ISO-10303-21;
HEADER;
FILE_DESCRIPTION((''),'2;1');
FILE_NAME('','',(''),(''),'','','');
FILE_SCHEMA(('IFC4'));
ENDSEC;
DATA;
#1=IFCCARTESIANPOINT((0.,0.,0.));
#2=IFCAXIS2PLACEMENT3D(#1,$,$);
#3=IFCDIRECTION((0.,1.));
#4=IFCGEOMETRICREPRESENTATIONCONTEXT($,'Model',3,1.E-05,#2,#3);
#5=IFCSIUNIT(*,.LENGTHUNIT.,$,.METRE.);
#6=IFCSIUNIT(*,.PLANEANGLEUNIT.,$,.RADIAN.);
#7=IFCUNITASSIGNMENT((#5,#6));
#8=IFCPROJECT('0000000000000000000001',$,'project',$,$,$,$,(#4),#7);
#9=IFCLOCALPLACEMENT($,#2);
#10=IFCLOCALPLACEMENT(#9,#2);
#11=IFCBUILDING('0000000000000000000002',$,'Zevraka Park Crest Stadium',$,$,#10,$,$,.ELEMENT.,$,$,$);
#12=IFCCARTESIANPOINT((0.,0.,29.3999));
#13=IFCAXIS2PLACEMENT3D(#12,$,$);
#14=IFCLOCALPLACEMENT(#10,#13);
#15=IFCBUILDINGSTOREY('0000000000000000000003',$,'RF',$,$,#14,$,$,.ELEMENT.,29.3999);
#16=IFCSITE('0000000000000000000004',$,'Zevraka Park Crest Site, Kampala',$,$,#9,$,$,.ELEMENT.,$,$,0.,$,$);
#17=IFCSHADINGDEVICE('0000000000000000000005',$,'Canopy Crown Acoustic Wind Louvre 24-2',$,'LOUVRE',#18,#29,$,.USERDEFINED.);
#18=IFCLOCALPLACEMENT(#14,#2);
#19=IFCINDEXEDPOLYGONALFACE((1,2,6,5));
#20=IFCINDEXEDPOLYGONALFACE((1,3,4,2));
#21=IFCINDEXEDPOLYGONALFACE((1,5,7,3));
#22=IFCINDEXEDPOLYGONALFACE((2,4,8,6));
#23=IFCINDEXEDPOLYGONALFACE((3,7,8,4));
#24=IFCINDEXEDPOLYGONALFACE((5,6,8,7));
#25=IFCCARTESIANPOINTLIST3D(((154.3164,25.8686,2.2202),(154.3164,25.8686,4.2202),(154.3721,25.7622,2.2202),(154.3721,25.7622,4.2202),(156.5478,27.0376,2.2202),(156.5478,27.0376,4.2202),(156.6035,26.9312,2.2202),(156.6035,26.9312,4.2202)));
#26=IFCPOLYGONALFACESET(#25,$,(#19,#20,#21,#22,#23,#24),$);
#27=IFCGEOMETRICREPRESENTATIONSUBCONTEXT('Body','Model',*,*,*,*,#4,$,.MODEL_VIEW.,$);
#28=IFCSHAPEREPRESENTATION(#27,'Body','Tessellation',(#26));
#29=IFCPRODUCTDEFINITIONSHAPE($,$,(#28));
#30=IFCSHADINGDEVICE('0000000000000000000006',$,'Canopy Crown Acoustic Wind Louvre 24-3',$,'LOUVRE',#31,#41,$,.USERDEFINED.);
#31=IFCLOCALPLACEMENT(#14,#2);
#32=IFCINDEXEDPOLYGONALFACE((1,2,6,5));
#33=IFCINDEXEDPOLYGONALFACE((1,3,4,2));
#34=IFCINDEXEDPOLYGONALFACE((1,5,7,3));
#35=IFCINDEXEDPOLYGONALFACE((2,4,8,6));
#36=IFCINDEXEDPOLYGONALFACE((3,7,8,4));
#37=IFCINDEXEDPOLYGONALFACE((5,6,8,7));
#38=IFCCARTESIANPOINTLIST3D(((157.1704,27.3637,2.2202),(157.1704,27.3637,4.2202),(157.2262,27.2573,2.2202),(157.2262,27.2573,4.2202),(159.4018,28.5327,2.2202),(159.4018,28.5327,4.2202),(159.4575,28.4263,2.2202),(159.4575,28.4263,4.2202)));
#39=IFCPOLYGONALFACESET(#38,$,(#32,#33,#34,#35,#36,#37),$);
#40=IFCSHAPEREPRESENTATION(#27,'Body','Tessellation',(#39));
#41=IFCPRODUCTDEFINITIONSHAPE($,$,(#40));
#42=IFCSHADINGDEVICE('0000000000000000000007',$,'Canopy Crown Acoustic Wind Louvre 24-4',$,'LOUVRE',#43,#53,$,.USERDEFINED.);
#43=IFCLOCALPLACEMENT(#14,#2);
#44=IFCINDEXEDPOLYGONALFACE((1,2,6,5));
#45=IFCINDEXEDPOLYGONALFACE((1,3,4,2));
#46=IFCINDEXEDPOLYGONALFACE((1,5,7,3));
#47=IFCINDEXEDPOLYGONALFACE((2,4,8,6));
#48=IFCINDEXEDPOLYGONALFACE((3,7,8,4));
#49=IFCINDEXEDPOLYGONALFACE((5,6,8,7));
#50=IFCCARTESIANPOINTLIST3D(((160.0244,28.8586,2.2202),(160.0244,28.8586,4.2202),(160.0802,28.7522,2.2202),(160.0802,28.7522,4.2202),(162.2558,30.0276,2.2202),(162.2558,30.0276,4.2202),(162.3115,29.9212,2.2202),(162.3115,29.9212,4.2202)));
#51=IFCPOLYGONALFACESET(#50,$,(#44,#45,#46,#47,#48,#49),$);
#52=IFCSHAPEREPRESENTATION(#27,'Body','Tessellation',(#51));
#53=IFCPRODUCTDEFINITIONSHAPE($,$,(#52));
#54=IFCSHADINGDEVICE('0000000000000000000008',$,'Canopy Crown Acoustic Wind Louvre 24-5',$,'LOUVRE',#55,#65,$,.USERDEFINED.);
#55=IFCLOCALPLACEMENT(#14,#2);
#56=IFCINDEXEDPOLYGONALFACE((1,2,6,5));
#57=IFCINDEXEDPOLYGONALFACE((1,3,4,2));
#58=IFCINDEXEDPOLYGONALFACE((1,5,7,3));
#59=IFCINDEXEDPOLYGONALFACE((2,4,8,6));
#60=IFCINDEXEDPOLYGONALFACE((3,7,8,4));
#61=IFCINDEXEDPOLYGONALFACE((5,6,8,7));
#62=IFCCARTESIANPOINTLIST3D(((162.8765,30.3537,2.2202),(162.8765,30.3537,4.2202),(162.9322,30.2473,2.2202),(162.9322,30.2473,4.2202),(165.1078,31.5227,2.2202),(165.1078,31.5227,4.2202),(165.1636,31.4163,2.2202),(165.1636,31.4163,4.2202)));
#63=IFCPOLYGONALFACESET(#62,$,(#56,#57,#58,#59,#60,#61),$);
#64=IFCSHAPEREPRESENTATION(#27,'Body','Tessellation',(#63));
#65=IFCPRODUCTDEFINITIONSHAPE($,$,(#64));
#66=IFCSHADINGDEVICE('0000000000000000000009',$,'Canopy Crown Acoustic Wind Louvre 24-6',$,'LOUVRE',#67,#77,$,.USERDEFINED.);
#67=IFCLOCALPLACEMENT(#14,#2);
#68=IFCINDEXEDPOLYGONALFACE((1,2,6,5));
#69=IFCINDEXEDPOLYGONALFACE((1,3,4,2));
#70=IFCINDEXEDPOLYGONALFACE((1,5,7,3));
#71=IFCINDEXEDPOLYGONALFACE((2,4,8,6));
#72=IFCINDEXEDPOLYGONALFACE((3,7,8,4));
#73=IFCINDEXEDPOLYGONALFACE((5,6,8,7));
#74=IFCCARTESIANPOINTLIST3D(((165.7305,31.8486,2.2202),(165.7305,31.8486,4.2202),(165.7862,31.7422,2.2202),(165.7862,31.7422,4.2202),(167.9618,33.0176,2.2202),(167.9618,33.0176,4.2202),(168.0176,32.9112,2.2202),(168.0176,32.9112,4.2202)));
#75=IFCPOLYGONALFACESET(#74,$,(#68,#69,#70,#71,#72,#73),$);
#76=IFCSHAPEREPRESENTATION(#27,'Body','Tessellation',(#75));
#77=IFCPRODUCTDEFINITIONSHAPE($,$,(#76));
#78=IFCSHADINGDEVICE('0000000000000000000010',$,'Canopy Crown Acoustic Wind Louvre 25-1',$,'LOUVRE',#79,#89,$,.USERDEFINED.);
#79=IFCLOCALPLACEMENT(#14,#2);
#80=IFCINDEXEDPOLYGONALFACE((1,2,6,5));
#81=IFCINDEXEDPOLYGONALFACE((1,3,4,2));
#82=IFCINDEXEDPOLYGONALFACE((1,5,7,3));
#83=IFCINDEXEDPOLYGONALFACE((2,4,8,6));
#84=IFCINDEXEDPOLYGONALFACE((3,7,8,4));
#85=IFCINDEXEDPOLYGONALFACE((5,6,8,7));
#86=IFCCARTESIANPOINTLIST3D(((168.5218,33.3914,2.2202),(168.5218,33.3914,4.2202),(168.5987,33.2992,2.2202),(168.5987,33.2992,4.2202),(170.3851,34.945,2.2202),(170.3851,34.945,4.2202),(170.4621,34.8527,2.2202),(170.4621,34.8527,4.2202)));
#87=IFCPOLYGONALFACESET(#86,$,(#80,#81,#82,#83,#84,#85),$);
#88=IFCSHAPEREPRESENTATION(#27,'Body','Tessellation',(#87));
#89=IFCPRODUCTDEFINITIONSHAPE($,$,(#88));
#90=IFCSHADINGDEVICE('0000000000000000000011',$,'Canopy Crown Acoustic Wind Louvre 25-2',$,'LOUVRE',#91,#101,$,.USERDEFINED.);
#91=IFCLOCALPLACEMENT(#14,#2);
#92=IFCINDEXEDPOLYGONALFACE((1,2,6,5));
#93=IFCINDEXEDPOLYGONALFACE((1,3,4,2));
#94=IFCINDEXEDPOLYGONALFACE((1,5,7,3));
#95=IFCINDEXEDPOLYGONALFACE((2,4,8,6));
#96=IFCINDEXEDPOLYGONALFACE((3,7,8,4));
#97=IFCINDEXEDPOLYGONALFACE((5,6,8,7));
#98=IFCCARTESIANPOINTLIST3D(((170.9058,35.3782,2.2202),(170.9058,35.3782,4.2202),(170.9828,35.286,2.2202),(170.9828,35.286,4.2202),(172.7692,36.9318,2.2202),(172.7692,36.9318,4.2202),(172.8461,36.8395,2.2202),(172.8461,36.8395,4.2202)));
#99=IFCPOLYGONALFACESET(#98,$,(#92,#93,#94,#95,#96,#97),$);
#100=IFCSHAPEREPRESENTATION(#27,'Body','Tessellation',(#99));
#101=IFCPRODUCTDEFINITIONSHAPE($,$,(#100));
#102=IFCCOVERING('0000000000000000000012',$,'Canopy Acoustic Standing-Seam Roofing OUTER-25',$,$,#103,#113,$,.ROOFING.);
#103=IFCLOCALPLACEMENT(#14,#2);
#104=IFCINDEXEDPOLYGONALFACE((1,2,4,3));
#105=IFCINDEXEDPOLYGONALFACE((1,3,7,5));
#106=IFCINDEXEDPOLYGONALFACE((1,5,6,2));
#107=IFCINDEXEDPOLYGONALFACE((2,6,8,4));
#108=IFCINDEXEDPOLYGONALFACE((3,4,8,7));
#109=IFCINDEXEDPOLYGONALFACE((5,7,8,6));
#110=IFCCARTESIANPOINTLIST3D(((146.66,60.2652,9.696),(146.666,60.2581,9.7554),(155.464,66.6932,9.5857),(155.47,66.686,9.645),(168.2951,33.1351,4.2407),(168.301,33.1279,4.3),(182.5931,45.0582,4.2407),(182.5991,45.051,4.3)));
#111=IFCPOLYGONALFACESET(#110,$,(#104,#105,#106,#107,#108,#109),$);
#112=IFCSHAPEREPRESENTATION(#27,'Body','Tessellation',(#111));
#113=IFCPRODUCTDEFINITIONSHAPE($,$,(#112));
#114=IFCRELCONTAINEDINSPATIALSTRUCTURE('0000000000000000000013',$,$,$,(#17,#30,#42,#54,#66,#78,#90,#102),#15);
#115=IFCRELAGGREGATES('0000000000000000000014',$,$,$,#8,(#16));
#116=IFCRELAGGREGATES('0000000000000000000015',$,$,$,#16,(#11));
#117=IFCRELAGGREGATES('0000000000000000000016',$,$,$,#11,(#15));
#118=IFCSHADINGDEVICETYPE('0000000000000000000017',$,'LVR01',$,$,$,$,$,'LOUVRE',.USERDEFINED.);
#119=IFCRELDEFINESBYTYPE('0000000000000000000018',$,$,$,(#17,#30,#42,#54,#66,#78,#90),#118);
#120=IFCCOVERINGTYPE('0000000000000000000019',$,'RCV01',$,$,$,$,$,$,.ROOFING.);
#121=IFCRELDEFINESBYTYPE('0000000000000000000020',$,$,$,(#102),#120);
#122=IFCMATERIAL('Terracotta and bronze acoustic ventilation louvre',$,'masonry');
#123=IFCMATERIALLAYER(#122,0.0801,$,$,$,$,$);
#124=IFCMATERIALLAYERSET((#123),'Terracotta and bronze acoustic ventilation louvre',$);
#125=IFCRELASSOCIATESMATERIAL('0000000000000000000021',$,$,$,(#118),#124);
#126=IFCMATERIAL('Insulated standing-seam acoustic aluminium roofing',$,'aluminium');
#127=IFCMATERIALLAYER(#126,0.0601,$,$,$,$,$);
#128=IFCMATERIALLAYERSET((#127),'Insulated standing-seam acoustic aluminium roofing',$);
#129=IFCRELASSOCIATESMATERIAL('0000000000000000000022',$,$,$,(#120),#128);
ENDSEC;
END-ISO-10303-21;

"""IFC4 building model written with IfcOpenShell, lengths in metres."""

from ifc_helpers import new_model, si_unit, direction, frame, origin, origin_2d, place, context, subcontext, project, spatial, polyline, rectangle, outline, extrude, material, layer, layer_set, type_object, element, save


model = new_model("IFC4")

# Units and contexts
model_context = context("Model", 3, precision=1e-05, world=origin(), true_north=direction((0.0, 1.0)))
body_context = subcontext(model_context, "Body", "Model", "MODEL_VIEW")
ifc_project = project(units=[si_unit("LENGTHUNIT", "METRE"), si_unit("PLANEANGLEUNIT", "RADIAN")], contexts=[model_context])

# Site, building, storey
site_placement = place(None, origin())
site = spatial("IfcSite", under=ifc_project, at=site_placement, Name="Zevraka Park Crest Site, Kampala", CompositionType="ELEMENT", RefElevation=0.0)
building_placement = place(site_placement, origin())
building = spatial("IfcBuilding", under=site, at=building_placement, Name="Zevraka Park Crest Stadium", CompositionType="ELEMENT")
storey_placement = place(building_placement, frame((0.0, 0.0, 29.3999)))
storey = spatial("IfcBuildingStorey", under=building, at=storey_placement, Name="RF", CompositionType="ELEMENT", Elevation=29.3999)

# Shading devices
ifc_material_1 = material(Name="Terracotta and bronze acoustic ventilation louvre", Category="masonry")
ifc_layer_1 = layer(ifc_material_1, 0.0801)
ifc_layer_set_1 = layer_set([ifc_layer_1], Name="Terracotta and bronze acoustic ventilation louvre")
shading_device_type = type_object("IfcShadingDeviceType", Name="LVR01", ElementType="LOUVRE", PredefinedType="USERDEFINED", material=ifc_layer_set_1)
for number, where, z_axis, x_axis, name in (
    (1, (155.46, 26.3999, 2.2202), (0.0, 0.0, 1.0), (0.885799, 0.464069, 0.0), "Canopy Crown Acoustic Wind Louvre 24-2"),
    (2, (158.314, 27.895, 2.2202), (0.0, 0.0, 1.0), (0.885799, 0.464069, 0.0), "Canopy Crown Acoustic Wind Louvre 24-3"),
    (3, (161.168, 29.3899, 2.2202), (0.0, 0.0, 1.0), (0.885799, 0.464069, 0.0), "Canopy Crown Acoustic Wind Louvre 24-4"),
    (4, (164.02, 30.885, 2.2202), (0.0, 0.0, 1.0), (0.885799, 0.464069, 0.0), "Canopy Crown Acoustic Wind Louvre 24-5"),
    (5, (166.874, 32.3799, 2.2202), (0.0, 0.0, 1.0), (0.885799, 0.464069, 0.0), "Canopy Crown Acoustic Wind Louvre 24-6"),
):
    element("IfcShadingDevice", number, at=place(storey_placement, frame(where, z_axis=z_axis, x_axis=x_axis)), inside=storey, type_object=shading_device_type, Name=name, ObjectType="LOUVRE", PredefinedType="USERDEFINED", context=body_context, shape_type="SweptSolid", body=[
        extrude(rectangle(XDim=2.519, YDim=0.1201, at=origin_2d()), origin(), (0.0, 0.0, 1.0), 2.0),
    ])
for number, where, z_axis, x_axis, name in (
    (6, (169.4919, 34.1221, 2.2202), (0.0, 0.0, 1.0), (0.76806, 0.640378, 0.0), "Canopy Crown Acoustic Wind Louvre 25-1"),
    (7, (171.876, 36.1089, 2.2202), (0.0, 0.0, 1.0), (0.76806, 0.640378, 0.0), "Canopy Crown Acoustic Wind Louvre 25-2"),
):
    element("IfcShadingDevice", number, at=place(storey_placement, frame(where, z_axis=z_axis, x_axis=x_axis)), inside=storey, type_object=shading_device_type, Name=name, ObjectType="LOUVRE", PredefinedType="USERDEFINED", context=body_context, shape_type="SweptSolid", body=[
        extrude(rectangle(XDim=2.426, YDim=0.1201, at=origin_2d()), origin(), (0.0, 0.0, 1.0), 2.0),
    ])

# Covering
ifc_material_2 = material(Name="Insulated standing-seam acoustic aluminium roofing", Category="aluminium")
ifc_layer_2 = layer(ifc_material_2, 0.0601)
ifc_layer_set_2 = layer_set([ifc_layer_2], Name="Insulated standing-seam acoustic aluminium roofing")
covering_type_1 = type_object("IfcCoveringType", Name="RCV01", PredefinedType="ROOFING", material=ifc_layer_set_2)
covering_1_placement = place(storey_placement, frame((168.301, 33.1279, 4.3), z_axis=(0.099487, -0.119303, 0.987861), x_axis=(0.768009, 0.640439, -0.000001)))
element("IfcCovering", 8, at=covering_1_placement, inside=storey, type_object=covering_type_1, Name="Canopy Acoustic Standing-Seam Roofing OUTER-25", PredefinedType="ROOFING", context=body_context, shape_type="SweptSolid", body=[
    extrude(outline(polyline([(0.0, 0.0), (18.6171, 0.0), (11.6375, 34.4081), (0.7593, 35.1184), (0.0, 0.0)])), origin(), (0.0, 0.0, -1.0), 0.0601),
])

save(model, "model.ifc")
